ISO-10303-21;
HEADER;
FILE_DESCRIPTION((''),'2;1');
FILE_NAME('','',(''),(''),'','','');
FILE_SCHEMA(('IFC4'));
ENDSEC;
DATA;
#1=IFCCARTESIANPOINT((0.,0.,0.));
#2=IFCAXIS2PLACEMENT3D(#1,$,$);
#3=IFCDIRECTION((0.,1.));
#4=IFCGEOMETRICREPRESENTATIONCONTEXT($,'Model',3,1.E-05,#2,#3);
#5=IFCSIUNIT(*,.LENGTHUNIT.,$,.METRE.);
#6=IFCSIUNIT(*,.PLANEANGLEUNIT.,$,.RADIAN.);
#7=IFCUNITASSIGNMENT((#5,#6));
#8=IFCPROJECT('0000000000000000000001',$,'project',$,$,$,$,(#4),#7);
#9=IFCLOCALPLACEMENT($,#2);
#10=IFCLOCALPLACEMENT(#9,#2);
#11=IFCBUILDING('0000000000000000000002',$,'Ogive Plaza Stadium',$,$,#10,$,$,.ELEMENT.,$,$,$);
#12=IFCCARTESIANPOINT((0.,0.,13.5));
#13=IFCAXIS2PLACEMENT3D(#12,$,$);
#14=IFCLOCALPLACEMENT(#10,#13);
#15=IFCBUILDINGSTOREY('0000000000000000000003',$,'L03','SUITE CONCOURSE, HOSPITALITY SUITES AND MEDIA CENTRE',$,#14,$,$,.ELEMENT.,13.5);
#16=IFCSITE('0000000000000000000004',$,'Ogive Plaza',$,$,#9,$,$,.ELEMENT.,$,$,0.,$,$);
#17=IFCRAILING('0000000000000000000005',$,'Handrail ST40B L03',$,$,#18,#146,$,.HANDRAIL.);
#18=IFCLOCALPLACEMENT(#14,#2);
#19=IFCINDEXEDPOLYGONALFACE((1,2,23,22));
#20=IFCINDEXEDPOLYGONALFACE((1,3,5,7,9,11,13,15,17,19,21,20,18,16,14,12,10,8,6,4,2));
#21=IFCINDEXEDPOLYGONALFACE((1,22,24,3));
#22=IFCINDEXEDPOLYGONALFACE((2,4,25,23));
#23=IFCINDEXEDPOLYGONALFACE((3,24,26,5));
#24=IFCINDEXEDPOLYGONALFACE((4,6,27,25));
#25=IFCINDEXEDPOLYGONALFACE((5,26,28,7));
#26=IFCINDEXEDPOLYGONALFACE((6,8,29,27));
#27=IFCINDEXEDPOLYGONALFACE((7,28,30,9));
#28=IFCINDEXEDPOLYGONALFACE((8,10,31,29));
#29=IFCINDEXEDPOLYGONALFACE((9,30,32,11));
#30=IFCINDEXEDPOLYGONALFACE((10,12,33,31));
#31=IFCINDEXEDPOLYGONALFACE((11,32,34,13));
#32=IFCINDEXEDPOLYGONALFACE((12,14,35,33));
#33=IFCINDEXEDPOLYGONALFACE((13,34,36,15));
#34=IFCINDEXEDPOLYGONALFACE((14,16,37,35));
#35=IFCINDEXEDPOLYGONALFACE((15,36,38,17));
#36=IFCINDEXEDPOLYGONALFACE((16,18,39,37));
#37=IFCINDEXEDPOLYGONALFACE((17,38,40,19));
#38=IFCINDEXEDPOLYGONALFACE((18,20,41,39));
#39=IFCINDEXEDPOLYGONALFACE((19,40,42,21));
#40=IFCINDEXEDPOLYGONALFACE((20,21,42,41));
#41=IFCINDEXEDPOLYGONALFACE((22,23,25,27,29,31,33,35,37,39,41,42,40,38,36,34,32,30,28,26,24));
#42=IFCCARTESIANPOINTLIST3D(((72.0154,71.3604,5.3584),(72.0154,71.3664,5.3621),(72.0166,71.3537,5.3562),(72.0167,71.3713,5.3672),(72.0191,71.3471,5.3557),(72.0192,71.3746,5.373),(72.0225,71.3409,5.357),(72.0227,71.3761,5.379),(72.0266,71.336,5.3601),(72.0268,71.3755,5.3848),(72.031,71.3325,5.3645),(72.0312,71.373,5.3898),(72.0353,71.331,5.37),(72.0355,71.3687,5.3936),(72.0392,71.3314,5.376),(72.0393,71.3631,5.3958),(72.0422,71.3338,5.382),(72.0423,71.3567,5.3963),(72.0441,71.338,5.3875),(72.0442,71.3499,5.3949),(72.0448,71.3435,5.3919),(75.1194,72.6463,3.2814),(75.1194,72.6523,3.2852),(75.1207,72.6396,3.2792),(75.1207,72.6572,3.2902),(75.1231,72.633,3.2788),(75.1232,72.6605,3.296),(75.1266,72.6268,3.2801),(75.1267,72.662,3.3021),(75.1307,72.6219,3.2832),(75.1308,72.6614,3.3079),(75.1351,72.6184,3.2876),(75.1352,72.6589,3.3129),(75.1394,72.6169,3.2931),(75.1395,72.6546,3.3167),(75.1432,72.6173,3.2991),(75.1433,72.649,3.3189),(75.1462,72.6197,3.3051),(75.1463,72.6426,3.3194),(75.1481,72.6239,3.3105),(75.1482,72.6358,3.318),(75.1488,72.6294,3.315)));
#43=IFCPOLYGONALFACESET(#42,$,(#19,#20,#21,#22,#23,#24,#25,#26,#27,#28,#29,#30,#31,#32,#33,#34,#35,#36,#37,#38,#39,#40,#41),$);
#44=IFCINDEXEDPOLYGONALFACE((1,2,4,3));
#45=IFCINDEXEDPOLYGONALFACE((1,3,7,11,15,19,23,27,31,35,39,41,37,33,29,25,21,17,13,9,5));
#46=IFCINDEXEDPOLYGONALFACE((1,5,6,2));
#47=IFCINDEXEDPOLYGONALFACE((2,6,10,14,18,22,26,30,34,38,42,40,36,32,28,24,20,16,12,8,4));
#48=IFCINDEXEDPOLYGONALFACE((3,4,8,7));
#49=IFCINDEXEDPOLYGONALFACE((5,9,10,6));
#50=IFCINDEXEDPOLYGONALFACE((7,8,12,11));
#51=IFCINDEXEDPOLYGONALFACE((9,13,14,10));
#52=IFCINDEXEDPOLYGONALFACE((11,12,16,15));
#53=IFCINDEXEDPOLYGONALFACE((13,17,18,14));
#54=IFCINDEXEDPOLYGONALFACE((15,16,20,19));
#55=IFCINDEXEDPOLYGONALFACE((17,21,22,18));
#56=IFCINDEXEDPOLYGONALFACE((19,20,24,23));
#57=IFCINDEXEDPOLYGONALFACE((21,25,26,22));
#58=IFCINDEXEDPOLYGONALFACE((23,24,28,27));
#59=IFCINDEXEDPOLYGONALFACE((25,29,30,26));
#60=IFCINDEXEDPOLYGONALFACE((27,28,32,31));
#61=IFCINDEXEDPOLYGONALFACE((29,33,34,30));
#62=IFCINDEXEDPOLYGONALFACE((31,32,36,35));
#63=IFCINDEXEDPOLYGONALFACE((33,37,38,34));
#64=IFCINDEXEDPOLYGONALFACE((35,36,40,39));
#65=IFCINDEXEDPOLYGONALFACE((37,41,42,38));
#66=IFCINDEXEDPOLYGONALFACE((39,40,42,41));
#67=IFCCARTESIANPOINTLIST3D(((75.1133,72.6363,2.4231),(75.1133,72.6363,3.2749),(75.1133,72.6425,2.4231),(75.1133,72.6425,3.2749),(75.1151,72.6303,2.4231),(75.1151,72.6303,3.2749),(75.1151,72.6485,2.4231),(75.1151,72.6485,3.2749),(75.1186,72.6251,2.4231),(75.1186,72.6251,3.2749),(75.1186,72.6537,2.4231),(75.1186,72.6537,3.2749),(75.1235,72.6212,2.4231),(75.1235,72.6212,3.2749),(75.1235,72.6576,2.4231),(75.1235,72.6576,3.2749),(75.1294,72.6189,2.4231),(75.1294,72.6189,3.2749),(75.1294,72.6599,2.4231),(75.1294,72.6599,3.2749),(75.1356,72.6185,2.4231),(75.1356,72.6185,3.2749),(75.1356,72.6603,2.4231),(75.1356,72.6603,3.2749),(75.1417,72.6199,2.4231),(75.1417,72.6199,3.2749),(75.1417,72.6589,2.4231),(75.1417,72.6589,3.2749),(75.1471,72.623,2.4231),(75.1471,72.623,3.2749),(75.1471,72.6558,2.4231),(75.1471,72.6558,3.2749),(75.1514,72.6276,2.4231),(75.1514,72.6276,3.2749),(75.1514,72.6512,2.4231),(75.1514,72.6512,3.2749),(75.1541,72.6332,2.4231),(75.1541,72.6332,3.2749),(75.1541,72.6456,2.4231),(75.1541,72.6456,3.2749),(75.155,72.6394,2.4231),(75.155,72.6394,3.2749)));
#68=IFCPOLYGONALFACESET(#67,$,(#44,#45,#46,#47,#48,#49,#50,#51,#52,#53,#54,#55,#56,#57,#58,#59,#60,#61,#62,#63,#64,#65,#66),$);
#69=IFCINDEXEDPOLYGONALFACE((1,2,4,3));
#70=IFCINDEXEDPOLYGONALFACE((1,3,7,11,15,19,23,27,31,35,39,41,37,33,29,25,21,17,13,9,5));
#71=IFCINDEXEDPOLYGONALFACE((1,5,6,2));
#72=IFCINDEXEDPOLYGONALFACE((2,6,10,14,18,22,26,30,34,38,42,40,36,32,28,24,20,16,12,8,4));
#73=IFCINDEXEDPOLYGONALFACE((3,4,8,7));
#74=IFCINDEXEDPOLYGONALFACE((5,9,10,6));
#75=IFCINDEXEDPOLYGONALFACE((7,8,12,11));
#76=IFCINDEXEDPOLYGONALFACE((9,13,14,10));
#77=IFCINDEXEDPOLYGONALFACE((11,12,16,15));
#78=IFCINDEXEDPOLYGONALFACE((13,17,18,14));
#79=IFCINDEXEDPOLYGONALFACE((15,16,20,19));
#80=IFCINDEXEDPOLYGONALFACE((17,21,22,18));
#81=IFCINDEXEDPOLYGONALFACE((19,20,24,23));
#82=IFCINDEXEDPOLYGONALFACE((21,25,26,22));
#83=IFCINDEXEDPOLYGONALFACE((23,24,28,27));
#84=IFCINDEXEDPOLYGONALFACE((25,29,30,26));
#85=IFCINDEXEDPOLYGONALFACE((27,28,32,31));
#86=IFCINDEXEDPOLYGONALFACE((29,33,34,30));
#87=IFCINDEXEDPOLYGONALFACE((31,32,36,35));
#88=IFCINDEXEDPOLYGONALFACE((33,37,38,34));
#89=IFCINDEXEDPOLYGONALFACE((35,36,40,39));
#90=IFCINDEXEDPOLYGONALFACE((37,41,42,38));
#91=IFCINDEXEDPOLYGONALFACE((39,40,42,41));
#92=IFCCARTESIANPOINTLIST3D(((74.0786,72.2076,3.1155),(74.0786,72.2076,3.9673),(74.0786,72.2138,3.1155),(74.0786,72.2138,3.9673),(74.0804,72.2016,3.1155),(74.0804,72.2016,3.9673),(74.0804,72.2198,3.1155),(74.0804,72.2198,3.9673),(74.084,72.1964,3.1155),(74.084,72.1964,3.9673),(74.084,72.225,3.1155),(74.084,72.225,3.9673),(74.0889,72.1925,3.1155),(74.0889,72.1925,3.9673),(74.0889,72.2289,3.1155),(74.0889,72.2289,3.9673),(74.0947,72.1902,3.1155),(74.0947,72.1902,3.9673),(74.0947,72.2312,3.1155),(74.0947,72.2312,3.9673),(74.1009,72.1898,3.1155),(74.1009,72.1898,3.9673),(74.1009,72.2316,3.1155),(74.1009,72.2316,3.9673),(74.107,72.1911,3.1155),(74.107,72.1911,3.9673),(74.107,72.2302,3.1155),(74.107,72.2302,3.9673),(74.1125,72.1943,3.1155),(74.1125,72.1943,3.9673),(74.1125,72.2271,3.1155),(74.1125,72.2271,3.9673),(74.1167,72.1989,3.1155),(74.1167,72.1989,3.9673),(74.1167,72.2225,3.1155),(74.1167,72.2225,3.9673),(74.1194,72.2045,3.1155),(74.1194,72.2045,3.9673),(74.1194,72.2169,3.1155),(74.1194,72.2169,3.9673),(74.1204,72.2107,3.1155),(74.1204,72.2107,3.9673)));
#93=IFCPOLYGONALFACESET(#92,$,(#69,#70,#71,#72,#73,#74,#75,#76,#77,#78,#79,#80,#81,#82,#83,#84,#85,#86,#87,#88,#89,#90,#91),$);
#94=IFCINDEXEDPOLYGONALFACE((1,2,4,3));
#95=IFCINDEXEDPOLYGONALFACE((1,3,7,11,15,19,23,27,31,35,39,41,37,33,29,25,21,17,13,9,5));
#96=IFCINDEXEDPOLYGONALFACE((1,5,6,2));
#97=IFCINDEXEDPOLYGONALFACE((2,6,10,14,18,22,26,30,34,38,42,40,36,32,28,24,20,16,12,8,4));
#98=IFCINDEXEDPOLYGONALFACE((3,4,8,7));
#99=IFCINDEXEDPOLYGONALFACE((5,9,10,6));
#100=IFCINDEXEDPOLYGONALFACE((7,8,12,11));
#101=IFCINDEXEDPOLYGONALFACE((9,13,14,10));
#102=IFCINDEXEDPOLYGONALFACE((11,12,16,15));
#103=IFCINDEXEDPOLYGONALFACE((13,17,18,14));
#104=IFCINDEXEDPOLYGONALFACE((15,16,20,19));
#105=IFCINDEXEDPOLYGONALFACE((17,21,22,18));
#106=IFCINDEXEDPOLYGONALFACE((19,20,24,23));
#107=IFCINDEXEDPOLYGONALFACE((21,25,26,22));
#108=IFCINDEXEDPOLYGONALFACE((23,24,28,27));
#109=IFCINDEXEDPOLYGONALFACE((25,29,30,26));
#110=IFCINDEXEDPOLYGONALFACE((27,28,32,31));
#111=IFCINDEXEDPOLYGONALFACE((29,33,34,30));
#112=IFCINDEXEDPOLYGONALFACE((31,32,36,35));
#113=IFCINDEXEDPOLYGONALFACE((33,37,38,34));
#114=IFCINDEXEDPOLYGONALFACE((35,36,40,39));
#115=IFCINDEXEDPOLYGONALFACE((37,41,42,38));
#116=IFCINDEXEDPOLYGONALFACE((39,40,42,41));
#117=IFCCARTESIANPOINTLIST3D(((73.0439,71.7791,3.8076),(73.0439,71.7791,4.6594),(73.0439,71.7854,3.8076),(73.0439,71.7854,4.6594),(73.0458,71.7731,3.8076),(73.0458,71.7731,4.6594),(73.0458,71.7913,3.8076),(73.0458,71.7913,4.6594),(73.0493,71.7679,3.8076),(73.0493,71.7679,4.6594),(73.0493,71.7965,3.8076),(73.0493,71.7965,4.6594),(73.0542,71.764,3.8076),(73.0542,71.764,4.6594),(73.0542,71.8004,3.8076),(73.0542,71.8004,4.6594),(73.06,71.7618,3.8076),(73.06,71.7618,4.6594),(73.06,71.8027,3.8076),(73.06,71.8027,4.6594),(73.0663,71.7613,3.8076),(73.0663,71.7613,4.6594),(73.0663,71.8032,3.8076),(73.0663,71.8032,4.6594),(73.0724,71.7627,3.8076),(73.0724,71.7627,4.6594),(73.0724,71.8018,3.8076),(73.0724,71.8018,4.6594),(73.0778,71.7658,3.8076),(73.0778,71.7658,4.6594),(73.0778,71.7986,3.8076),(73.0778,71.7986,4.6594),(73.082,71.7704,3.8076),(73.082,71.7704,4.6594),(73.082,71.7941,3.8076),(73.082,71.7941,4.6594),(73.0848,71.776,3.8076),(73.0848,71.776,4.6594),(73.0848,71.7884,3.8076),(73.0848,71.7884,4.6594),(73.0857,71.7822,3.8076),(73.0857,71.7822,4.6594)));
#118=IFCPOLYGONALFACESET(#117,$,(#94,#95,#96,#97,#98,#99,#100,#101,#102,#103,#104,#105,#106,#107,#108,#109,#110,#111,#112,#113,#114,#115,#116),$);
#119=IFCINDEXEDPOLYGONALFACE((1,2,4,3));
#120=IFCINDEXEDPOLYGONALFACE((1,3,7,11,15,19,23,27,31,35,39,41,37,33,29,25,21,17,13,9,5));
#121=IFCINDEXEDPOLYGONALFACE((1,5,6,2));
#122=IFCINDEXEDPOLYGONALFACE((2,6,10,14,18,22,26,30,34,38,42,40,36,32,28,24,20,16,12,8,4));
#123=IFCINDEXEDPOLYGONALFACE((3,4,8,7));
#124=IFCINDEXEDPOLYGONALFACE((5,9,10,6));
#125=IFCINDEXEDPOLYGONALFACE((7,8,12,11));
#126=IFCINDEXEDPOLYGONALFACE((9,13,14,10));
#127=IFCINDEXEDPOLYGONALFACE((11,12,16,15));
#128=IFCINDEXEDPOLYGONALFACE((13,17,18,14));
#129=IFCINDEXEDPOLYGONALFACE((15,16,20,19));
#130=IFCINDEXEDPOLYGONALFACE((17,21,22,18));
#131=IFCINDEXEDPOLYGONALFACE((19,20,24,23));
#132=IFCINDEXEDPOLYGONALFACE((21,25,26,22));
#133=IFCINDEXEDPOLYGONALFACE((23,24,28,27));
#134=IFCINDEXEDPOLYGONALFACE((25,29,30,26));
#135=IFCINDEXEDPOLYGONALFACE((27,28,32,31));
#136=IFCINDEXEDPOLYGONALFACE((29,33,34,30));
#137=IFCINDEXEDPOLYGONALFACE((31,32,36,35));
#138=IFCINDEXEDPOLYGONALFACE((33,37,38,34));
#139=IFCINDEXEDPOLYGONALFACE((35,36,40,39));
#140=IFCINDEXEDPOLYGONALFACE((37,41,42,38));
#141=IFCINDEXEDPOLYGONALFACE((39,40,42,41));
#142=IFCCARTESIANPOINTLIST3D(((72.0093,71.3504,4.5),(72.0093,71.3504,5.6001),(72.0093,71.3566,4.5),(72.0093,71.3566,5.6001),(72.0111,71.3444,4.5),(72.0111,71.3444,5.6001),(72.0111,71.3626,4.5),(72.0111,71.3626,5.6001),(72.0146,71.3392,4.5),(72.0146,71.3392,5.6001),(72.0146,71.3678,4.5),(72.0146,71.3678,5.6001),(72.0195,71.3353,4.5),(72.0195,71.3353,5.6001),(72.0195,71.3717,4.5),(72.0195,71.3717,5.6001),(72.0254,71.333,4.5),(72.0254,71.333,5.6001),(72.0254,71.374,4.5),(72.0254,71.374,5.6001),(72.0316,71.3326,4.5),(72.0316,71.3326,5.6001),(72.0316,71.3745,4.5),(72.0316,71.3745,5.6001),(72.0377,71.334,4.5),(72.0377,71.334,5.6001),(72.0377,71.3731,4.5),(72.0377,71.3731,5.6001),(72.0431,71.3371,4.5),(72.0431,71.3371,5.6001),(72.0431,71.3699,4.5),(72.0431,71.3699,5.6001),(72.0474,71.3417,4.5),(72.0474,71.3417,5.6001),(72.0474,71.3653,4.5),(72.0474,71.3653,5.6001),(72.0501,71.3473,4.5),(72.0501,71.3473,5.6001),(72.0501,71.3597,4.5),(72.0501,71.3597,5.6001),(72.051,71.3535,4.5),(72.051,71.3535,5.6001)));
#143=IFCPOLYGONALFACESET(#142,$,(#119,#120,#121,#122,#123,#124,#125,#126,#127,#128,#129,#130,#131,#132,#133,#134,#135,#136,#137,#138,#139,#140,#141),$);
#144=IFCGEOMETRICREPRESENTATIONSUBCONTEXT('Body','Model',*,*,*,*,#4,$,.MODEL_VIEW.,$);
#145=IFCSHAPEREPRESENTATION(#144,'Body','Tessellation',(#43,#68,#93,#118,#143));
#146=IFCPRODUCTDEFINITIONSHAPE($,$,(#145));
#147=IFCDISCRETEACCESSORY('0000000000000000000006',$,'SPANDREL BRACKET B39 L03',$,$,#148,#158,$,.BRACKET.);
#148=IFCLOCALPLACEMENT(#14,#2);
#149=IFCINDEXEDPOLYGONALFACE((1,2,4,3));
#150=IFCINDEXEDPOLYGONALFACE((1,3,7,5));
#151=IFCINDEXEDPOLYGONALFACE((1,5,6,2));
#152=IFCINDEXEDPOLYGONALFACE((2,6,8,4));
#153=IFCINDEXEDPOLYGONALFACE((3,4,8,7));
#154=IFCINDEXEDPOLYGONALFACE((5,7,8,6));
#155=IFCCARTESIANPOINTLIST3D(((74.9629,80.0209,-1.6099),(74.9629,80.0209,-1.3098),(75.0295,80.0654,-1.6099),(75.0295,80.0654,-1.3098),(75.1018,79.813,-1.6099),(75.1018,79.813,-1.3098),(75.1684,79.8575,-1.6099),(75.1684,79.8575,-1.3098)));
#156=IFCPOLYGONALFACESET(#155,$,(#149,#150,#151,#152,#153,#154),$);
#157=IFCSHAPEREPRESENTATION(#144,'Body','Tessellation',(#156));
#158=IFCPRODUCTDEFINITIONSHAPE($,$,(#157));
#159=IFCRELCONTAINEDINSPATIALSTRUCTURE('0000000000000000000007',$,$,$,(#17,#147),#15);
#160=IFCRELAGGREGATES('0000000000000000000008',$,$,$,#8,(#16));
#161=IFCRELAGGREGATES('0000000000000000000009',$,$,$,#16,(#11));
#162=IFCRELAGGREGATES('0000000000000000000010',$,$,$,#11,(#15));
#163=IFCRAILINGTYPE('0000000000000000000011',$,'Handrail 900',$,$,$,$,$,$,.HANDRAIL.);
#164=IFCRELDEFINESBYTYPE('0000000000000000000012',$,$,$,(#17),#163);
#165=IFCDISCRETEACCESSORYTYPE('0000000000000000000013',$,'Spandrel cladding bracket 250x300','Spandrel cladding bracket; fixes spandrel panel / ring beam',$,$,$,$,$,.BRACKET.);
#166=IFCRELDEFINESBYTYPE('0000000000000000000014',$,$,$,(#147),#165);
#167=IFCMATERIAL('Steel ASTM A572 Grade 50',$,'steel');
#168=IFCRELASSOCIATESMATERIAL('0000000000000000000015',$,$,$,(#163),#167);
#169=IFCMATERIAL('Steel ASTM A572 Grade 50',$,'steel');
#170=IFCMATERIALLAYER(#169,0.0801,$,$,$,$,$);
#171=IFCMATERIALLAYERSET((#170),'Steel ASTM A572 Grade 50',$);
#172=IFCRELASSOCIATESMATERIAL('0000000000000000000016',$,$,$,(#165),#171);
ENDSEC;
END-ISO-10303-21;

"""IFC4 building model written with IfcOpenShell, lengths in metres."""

from ifc_helpers import new_model, si_unit, direction, frame, origin, origin_2d, place, context, subcontext, project, spatial, rectangle, circle, extrude, material, layer, layer_set, type_object, element, save


model = new_model("IFC4")

# Units and contexts
model_context = context("Model", 3, precision=1e-05, world=origin(), true_north=direction((0.0, 1.0)))
body_context = subcontext(model_context, "Body", "Model", "MODEL_VIEW")
ifc_project = project(units=[si_unit("LENGTHUNIT", "METRE"), si_unit("PLANEANGLEUNIT", "RADIAN")], contexts=[model_context])

# Site, building, storey
site_placement = place(None, origin())
site = spatial("IfcSite", under=ifc_project, at=site_placement, Name="Ogive Plaza", CompositionType="ELEMENT", RefElevation=0.0)
building_placement = place(site_placement, origin())
building = spatial("IfcBuilding", under=site, at=building_placement, Name="Ogive Plaza Stadium", CompositionType="ELEMENT")
storey_placement = place(building_placement, frame((0.0, 0.0, 13.5)))
storey = spatial("IfcBuildingStorey", under=building, at=storey_placement, Name="L03", Description="SUITE CONCOURSE, HOSPITALITY SUITES AND MEDIA CENTRE", CompositionType="ELEMENT", Elevation=13.5)

# Railing
ifc_material_1 = material(Name="Steel ASTM A572 Grade 50", Category="steel")
railing_type_1 = type_object("IfcRailingType", Name="Handrail 900", PredefinedType="HANDRAIL", material=ifc_material_1)
railing_1_placement = place(storey_placement, frame((75.134, 72.6394, 2.4231)))
element("IfcRailing", 1, at=railing_1_placement, inside=storey, type_object=railing_type_1, Name="Handrail ST40B L03", PredefinedType="HANDRAIL", context=body_context, shape_type="SweptSolid", body=[
    extrude(circle(Radius=0.0239, at=origin_2d()), frame((0.0, 0.0, 0.876), z_axis=(-0.785839, -0.325548, 0.525809), x_axis=(0.382726, -0.923862, 0.0)), (0.0, 0.0, 1.0), 3.95),
    extrude(circle(Radius=0.021, at=origin_2d()), origin(), (0.0, 0.0, 1.0), 0.8518),
    extrude(circle(Radius=0.021, at=origin_2d()), frame((-1.0347, -0.4287, 0.6924)), (0.0, 0.0, 1.0), 0.8518),
    extrude(circle(Radius=0.021, at=origin_2d()), frame((-2.0693, -0.8572, 1.3845)), (0.0, 0.0, 1.0), 0.8518),
    extrude(circle(Radius=0.021, at=origin_2d()), frame((-3.104, -1.2859, 2.0769)), (0.0, 0.0, 1.0), 1.1001),
])

# Discrete accessory
ifc_material_2 = material(Name="Steel ASTM A572 Grade 50", Category="steel")
ifc_layer_1 = layer(ifc_material_2, 0.0801)
ifc_layer_set_1 = layer_set([ifc_layer_1], Name="Steel ASTM A572 Grade 50")
discrete_accessory_type = type_object("IfcDiscreteAccessoryType", Name="Spandrel cladding bracket 250x300", Description="Spandrel cladding bracket; fixes spandrel panel / ring beam", PredefinedType="BRACKET", material=ifc_layer_set_1)
discrete_accessory_placement = place(storey_placement, frame((75.0657, 79.9392, -1.6099), z_axis=(0.0, 0.0, 1.0), x_axis=(0.55557, -0.83147, 0.0)))
element("IfcDiscreteAccessory", 2, at=discrete_accessory_placement, inside=storey, type_object=discrete_accessory_type, Name="SPANDREL BRACKET B39 L03", PredefinedType="BRACKET", context=body_context, shape_type="SweptSolid", body=[
    extrude(rectangle(XDim=0.25, YDim=0.0801, at=origin_2d()), origin(), (0.0, 0.0, 1.0), 0.3),
])

save(model, "model.ifc")
